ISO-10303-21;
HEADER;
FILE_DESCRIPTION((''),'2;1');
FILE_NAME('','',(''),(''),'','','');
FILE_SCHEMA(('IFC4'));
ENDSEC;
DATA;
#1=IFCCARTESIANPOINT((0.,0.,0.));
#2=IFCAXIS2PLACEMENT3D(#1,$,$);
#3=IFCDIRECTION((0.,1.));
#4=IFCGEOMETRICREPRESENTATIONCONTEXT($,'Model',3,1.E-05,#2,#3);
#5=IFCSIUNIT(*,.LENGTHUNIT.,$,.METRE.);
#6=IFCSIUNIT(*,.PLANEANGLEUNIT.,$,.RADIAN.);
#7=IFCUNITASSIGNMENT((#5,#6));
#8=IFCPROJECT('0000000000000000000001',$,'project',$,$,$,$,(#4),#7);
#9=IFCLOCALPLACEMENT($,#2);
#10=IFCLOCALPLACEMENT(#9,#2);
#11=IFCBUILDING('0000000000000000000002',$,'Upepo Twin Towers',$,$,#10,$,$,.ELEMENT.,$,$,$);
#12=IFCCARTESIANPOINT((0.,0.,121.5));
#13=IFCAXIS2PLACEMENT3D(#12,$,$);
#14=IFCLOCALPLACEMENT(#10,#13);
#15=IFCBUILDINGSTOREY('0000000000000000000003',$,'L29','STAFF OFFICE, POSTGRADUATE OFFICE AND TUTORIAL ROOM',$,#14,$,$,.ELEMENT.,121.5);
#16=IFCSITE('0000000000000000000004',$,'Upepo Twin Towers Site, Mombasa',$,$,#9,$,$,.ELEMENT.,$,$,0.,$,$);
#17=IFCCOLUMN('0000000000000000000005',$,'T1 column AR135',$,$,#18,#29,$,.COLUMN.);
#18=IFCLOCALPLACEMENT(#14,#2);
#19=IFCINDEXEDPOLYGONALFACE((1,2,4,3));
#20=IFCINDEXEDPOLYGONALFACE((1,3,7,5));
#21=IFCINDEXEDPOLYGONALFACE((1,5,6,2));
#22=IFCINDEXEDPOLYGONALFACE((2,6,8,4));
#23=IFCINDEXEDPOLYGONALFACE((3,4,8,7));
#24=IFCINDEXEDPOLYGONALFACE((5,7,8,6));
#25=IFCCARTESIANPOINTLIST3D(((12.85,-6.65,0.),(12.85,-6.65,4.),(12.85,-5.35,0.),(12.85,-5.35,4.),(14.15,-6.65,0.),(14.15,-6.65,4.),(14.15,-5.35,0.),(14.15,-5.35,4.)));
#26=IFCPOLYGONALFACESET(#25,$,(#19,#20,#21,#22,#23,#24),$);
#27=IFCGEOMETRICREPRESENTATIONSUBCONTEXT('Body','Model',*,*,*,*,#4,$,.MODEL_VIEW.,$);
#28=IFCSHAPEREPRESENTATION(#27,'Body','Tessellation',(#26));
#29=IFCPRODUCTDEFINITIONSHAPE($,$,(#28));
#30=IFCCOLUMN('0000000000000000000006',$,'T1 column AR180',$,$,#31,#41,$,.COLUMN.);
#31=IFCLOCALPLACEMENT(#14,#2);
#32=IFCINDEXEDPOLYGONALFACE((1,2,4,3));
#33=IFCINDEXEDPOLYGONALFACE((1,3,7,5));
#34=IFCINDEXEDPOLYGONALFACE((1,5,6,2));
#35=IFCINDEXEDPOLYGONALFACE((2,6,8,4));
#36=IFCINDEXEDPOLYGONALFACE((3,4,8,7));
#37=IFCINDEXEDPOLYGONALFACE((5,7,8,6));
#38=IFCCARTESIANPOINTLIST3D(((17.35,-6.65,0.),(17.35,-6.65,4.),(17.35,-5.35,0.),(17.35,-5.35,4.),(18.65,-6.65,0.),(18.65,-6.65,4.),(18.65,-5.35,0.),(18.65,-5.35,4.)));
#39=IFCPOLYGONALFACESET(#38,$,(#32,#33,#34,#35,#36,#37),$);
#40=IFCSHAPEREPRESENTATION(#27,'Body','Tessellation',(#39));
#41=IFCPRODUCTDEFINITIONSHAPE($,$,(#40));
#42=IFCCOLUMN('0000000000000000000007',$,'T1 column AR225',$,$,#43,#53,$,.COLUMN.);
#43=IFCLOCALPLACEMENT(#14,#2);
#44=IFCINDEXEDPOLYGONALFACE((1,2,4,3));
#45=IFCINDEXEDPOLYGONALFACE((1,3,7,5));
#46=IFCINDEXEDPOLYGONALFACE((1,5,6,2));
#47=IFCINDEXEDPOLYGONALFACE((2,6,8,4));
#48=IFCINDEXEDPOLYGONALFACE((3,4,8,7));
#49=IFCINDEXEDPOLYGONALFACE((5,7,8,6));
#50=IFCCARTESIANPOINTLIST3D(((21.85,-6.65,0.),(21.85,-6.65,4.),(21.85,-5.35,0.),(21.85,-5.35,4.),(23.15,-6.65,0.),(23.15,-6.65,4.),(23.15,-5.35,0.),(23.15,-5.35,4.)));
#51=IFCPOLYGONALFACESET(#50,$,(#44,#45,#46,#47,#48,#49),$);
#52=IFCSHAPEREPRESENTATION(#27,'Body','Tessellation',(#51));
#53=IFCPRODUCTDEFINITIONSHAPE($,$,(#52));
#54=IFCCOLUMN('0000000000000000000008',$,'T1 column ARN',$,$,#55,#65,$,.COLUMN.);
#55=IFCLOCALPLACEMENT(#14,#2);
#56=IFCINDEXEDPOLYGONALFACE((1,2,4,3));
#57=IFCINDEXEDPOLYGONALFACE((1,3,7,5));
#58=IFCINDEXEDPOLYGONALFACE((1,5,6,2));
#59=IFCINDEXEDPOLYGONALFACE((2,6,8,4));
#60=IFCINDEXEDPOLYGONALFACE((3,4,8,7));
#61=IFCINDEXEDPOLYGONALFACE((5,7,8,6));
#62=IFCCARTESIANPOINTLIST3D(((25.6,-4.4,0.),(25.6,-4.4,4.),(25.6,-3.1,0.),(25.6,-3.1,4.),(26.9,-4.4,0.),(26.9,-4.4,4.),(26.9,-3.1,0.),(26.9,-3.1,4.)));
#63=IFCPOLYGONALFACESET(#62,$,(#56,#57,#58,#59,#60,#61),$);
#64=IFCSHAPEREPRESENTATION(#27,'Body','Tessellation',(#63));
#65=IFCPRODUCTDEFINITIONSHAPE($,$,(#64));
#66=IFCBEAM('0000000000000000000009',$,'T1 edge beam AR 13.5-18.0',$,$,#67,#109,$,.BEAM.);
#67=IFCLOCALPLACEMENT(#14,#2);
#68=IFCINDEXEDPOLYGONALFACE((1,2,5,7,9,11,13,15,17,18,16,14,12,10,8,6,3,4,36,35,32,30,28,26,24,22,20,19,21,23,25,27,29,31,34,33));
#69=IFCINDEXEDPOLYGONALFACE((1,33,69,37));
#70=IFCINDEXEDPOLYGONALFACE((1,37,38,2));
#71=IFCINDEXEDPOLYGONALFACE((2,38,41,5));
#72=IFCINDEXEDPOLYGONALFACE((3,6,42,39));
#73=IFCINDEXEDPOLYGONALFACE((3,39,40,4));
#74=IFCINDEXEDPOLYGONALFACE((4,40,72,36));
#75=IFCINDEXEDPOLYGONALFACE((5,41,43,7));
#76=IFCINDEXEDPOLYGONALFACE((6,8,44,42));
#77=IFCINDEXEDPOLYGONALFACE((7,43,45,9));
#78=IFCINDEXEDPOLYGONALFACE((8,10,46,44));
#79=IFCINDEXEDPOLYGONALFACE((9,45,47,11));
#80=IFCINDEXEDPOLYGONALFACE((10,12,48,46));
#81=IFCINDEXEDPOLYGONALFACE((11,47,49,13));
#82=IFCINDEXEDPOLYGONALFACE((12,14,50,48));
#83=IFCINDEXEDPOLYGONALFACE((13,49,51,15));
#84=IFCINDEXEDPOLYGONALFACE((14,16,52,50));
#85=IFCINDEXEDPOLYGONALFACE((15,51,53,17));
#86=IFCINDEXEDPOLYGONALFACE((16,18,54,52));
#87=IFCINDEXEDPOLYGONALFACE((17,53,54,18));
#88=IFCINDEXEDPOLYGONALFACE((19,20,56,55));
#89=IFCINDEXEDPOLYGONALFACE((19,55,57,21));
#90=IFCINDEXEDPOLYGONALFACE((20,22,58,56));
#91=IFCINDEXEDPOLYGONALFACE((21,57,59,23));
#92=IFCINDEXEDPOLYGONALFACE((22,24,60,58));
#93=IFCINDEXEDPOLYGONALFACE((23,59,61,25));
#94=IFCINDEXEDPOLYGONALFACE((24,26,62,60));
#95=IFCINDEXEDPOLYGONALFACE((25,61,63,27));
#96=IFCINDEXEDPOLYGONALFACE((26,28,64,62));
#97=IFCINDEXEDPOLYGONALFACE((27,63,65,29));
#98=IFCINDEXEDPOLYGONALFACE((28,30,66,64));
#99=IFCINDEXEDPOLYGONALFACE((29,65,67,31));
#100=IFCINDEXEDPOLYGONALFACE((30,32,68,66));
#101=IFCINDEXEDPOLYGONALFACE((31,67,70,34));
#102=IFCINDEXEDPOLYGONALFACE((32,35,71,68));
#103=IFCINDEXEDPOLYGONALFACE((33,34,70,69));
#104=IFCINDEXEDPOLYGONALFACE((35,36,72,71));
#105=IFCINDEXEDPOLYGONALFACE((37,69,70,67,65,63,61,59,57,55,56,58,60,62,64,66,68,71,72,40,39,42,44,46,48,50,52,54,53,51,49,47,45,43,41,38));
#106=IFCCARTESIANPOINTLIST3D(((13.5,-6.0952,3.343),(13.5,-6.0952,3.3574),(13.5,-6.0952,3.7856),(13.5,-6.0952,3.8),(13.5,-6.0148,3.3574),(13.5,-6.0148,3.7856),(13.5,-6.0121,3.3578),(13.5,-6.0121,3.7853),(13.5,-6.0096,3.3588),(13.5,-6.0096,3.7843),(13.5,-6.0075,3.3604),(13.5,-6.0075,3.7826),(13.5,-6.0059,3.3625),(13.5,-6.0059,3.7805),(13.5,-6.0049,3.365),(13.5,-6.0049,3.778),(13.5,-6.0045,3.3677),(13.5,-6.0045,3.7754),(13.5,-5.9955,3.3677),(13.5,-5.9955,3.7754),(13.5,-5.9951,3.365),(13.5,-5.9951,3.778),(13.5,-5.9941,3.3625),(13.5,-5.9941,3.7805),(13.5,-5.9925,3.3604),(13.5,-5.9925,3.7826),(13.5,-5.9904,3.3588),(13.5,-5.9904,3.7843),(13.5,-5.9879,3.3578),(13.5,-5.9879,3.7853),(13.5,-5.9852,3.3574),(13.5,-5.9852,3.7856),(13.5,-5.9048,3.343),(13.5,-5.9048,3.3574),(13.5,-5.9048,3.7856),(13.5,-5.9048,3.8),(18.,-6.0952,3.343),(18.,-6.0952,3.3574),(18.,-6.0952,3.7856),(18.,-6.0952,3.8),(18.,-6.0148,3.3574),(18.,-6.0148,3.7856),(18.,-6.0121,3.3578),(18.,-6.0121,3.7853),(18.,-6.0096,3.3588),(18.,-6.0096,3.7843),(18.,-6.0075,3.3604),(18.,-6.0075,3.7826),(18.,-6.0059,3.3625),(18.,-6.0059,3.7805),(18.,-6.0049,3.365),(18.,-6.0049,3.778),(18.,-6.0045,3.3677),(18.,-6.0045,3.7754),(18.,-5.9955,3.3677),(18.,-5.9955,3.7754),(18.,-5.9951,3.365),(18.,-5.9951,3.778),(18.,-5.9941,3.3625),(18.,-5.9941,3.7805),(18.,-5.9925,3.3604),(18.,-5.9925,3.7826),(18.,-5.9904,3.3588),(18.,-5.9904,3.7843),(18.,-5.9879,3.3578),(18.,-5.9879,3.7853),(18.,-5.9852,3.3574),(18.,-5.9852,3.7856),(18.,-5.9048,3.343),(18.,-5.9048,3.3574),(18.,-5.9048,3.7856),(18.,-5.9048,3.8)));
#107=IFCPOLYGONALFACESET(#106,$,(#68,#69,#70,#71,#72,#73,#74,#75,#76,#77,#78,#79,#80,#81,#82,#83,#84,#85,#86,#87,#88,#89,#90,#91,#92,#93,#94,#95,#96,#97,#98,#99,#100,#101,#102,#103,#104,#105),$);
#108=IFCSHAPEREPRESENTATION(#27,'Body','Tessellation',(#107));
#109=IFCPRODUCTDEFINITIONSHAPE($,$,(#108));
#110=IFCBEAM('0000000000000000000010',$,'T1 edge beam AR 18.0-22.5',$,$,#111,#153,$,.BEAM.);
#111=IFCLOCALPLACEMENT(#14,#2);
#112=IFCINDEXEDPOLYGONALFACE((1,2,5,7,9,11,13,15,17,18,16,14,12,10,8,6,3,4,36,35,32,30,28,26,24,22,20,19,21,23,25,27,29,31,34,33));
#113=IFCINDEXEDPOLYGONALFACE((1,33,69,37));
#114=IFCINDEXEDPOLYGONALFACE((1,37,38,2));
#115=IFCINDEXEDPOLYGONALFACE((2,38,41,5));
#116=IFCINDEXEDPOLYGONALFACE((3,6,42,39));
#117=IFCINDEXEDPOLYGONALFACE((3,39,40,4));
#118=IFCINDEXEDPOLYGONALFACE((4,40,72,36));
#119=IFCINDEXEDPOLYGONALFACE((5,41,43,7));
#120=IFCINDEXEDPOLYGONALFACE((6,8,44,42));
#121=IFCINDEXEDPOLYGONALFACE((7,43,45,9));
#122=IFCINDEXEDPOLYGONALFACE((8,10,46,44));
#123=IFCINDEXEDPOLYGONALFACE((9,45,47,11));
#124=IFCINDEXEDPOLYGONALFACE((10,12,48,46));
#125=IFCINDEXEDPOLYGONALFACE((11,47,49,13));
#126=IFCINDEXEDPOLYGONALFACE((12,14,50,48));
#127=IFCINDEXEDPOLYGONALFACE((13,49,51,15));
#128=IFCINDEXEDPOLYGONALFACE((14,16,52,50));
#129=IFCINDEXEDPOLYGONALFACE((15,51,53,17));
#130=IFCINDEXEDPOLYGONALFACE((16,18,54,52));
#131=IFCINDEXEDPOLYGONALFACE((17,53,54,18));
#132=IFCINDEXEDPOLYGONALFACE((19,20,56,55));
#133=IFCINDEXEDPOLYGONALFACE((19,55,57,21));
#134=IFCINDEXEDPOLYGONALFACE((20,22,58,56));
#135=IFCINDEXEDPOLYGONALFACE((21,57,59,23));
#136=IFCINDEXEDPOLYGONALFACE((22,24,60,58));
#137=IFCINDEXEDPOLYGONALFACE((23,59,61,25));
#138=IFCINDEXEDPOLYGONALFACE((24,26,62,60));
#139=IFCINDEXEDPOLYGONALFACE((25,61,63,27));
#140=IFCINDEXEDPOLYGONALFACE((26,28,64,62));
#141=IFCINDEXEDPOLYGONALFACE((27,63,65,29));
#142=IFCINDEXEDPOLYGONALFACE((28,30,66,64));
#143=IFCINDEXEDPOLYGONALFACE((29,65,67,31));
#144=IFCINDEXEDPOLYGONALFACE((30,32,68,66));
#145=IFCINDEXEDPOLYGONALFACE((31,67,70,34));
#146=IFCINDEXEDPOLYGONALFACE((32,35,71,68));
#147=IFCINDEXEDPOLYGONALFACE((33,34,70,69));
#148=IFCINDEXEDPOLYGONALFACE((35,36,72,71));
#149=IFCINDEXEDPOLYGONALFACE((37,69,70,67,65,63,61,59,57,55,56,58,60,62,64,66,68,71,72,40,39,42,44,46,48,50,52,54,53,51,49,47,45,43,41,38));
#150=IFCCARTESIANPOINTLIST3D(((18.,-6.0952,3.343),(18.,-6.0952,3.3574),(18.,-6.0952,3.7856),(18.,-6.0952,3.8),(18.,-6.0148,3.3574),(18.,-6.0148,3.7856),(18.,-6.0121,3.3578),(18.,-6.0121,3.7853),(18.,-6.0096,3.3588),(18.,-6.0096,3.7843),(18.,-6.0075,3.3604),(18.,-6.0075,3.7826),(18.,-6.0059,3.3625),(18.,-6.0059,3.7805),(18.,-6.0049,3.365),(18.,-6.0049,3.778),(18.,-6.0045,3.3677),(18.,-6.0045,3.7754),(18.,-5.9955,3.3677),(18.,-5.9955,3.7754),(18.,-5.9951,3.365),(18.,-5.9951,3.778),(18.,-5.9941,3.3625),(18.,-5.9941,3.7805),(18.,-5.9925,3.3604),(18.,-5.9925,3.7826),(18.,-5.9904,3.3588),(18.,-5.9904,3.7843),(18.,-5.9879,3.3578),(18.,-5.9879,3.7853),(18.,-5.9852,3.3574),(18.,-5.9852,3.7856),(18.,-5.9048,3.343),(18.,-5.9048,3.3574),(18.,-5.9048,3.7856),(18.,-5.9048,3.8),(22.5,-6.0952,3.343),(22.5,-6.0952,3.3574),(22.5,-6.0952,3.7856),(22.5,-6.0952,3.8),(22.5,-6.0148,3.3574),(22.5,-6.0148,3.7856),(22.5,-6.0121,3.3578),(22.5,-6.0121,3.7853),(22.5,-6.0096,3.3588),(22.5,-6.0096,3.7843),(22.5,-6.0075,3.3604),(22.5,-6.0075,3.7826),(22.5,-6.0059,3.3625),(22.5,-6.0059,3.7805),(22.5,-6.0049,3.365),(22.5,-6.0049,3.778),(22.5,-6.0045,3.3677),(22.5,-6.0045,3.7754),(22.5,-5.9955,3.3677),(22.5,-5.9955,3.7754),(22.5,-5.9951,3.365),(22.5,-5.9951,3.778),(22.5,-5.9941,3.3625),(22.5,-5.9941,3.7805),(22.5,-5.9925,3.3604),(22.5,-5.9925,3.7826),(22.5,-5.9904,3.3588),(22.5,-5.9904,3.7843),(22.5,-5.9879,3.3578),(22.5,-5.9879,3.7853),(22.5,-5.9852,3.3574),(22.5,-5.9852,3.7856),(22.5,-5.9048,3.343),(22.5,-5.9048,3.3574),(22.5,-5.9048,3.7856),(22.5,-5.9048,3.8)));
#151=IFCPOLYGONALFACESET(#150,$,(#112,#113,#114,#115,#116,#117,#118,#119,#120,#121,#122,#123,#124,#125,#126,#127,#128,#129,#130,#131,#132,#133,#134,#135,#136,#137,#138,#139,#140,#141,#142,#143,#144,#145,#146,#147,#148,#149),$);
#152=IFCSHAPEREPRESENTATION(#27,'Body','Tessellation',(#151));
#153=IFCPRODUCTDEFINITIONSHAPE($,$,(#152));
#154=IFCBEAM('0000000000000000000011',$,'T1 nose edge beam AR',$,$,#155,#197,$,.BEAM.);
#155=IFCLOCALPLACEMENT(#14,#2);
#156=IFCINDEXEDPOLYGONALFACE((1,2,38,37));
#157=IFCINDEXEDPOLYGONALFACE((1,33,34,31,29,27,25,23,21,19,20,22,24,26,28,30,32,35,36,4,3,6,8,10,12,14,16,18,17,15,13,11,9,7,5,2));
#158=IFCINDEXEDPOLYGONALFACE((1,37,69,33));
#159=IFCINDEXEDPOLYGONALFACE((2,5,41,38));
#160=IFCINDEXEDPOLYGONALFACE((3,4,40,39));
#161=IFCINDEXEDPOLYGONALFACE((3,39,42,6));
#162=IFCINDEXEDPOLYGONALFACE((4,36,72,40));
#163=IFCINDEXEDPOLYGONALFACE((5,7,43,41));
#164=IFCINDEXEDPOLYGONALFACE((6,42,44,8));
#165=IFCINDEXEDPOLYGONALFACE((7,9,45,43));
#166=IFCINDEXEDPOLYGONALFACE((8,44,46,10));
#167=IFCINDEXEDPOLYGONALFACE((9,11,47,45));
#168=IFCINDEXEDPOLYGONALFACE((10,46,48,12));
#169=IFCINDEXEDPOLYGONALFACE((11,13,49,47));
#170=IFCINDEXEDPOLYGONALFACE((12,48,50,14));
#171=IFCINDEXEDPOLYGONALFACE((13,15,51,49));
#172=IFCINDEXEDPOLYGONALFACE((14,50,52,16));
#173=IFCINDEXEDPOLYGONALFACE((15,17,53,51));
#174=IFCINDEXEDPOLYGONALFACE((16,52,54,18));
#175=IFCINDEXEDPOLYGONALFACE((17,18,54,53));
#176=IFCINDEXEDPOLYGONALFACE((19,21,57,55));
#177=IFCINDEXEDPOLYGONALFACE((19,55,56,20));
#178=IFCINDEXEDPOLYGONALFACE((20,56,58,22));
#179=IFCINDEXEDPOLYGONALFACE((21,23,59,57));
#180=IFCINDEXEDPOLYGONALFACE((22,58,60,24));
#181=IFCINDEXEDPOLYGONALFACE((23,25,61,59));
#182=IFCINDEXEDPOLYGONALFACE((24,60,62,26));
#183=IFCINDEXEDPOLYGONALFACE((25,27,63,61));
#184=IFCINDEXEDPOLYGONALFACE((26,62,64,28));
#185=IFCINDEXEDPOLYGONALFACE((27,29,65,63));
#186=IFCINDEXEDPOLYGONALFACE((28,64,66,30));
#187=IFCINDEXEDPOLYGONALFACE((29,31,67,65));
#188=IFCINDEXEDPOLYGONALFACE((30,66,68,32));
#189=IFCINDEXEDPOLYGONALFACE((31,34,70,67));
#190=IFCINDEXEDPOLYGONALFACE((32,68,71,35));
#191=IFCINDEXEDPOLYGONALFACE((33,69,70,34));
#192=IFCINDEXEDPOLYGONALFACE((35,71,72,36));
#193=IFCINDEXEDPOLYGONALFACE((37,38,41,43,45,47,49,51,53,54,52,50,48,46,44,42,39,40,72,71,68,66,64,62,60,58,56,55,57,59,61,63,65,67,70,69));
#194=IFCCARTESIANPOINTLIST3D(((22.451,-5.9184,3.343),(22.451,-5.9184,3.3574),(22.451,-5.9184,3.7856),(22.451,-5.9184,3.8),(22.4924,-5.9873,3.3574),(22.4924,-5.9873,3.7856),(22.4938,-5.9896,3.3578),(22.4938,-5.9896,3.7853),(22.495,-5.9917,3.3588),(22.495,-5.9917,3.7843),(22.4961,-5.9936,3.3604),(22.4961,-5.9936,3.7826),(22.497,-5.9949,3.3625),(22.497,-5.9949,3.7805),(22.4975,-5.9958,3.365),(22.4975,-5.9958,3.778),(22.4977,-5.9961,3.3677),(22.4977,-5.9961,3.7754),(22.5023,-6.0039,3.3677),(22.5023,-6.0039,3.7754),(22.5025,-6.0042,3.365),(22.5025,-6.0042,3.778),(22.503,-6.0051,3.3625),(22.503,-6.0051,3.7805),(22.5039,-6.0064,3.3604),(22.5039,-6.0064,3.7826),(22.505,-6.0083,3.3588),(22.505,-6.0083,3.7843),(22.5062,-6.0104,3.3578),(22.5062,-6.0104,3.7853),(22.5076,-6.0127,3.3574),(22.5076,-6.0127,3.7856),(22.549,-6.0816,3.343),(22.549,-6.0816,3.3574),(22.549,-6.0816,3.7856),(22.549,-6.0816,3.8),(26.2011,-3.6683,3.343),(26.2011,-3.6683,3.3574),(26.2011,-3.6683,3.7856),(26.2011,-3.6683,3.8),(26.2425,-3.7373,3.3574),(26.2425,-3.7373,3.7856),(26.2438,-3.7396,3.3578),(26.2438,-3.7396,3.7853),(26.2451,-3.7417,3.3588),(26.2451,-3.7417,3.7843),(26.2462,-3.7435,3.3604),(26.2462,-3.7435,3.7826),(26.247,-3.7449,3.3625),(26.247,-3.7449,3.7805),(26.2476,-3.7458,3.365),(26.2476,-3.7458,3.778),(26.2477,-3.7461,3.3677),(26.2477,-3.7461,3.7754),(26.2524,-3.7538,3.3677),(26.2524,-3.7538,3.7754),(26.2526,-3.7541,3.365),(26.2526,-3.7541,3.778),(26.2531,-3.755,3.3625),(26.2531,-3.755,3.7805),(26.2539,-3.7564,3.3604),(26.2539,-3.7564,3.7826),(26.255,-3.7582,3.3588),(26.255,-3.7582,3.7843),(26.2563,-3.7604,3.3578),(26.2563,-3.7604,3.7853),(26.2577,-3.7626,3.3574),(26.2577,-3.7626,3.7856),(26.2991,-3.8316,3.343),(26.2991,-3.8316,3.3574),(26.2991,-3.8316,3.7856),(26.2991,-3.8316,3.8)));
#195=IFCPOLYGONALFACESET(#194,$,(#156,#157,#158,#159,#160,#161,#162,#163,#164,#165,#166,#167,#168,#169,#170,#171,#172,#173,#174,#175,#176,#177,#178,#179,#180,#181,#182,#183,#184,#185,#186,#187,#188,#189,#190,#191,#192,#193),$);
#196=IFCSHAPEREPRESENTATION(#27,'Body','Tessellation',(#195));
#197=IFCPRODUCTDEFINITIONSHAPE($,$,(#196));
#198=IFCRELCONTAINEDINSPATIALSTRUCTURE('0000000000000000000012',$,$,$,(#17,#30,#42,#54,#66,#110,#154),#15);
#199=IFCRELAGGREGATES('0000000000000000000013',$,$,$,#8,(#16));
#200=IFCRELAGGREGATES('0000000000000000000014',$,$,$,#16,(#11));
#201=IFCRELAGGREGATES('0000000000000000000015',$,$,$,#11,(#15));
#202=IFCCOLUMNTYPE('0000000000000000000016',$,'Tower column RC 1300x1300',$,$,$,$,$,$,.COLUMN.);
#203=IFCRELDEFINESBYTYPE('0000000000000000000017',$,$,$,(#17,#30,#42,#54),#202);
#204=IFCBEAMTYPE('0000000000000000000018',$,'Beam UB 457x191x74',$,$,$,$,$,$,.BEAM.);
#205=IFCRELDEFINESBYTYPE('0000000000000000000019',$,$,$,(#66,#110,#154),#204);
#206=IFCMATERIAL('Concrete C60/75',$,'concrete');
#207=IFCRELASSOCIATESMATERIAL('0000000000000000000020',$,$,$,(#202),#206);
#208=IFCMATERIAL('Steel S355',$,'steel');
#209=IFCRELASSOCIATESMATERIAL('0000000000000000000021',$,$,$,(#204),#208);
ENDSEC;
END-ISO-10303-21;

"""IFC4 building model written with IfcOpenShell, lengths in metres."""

from ifc_helpers import new_model, si_unit, direction, frame, origin, origin_2d, place, context, subcontext, project, spatial, rectangle, i_section, extrude, material, material_profile, profile_set, type_object, element, save


model = new_model("IFC4")

# Units and contexts
model_context = context("Model", 3, precision=1e-05, world=origin(), true_north=direction((0.0, 1.0)))
body_context = subcontext(model_context, "Body", "Model", "MODEL_VIEW")
ifc_project = project(units=[si_unit("LENGTHUNIT", "METRE"), si_unit("PLANEANGLEUNIT", "RADIAN")], contexts=[model_context])

# Site, building, storey
site_placement = place(None, origin())
site = spatial("IfcSite", under=ifc_project, at=site_placement, Name="Upepo Twin Towers Site, Mombasa", CompositionType="ELEMENT", RefElevation=0.0)
building_placement = place(site_placement, origin())
building = spatial("IfcBuilding", under=site, at=building_placement, Name="Upepo Twin Towers", CompositionType="ELEMENT")
storey_placement = place(building_placement, frame((0.0, 0.0, 121.5)))
storey = spatial("IfcBuildingStorey", under=building, at=storey_placement, Name="L29", Description="STAFF OFFICE, POSTGRADUATE OFFICE AND TUTORIAL ROOM", CompositionType="ELEMENT", Elevation=121.5)

# Columns
ifc_material_1 = material(Name="Concrete C60/75", Category="concrete")
ifc_material_profile_1 = material_profile(ifc_material_1, rectangle(XDim=1.3, YDim=1.3, at=origin_2d()), Name="RC 1300x1300")
ifc_profile_set_1 = profile_set([ifc_material_profile_1], Name="Concrete C60/75")
column_type = type_object("IfcColumnType", Name="Tower column RC 1300x1300", PredefinedType="COLUMN", material=ifc_profile_set_1)
for number, where, z_axis, x_axis, name in (
    (1, (13.5, -6.0, 0.0), (0.0, 0.0, 1.0), (1.0, 0.0, 0.0), "T1 column AR135"),
    (2, (18.0, -6.0, 0.0), (0.0, 0.0, 1.0), (1.0, 0.0, 0.0), "T1 column AR180"),
    (3, (22.5, -6.0, 0.0), (0.0, 0.0, 1.0), (1.0, 0.0, 0.0), "T1 column AR225"),
    (4, (26.25, -3.75, 0.0), (0.0, 0.0, 1.0), (1.0, 0.0, 0.0), "T1 column ARN"),
):
    element("IfcColumn", number, at=place(storey_placement, frame(where, z_axis=z_axis, x_axis=x_axis)), inside=storey, type_object=column_type, Name=name, PredefinedType="COLUMN", context=body_context, shape_type="SweptSolid", body=[
        extrude(rectangle(XDim=1.3, YDim=1.3, at=origin_2d()), origin(), (0.0, 0.0, 1.0), 4.0),
    ])

# Beams
ifc_material_2 = material(Name="Steel S355", Category="steel")
ifc_material_profile_2 = material_profile(ifc_material_2, i_section(OverallWidth=0.1904, OverallDepth=0.457, WebThickness=0.009, FlangeThickness=0.0144, FilletRadius=0.0103, at=origin_2d()), Name="UB 457x191x74")
ifc_profile_set_2 = profile_set([ifc_material_profile_2], Name="Steel S355")
beam_type_1 = type_object("IfcBeamType", Name="Beam UB 457x191x74", PredefinedType="BEAM", material=ifc_profile_set_2)
for number, where, z_axis, x_axis, name in (
    (5, (13.5, -6.0, 3.5715), (1.0, 0.0, 0.0), (0.0, 1.0, 0.0), "T1 edge beam AR 13.5-18.0"),
    (6, (18.0, -6.0, 3.5715), (1.0, 0.0, 0.0), (0.0, 1.0, 0.0), "T1 edge beam AR 18.0-22.5"),
):
    element("IfcBeam", number, at=place(storey_placement, frame(where, z_axis=z_axis, x_axis=x_axis)), inside=storey, type_object=beam_type_1, Name=name, PredefinedType="BEAM", context=body_context, shape_type="SweptSolid", body=[
        extrude(i_section(OverallWidth=0.1904, OverallDepth=0.457, WebThickness=0.009, FlangeThickness=0.0144, FilletRadius=0.0103, at=origin_2d()), origin(), (0.0, 0.0, 1.0), 4.5),
    ])
beam_1_placement = place(storey_placement, frame((22.5, -6.0, 3.5715), z_axis=(0.857493, 0.514496, 0.0), x_axis=(-0.514496, 0.857493, 0.0)))
element("IfcBeam", 7, at=beam_1_placement, inside=storey, type_object=beam_type_1, Name="T1 nose edge beam AR", PredefinedType="BEAM", context=body_context, shape_type="SweptSolid", body=[
    extrude(i_section(OverallWidth=0.1904, OverallDepth=0.457, WebThickness=0.009, FlangeThickness=0.0144, FilletRadius=0.0103, at=origin_2d()), origin(), (0.0, 0.0, 1.0), 4.3733),
])

save(model, "model.ifc")
